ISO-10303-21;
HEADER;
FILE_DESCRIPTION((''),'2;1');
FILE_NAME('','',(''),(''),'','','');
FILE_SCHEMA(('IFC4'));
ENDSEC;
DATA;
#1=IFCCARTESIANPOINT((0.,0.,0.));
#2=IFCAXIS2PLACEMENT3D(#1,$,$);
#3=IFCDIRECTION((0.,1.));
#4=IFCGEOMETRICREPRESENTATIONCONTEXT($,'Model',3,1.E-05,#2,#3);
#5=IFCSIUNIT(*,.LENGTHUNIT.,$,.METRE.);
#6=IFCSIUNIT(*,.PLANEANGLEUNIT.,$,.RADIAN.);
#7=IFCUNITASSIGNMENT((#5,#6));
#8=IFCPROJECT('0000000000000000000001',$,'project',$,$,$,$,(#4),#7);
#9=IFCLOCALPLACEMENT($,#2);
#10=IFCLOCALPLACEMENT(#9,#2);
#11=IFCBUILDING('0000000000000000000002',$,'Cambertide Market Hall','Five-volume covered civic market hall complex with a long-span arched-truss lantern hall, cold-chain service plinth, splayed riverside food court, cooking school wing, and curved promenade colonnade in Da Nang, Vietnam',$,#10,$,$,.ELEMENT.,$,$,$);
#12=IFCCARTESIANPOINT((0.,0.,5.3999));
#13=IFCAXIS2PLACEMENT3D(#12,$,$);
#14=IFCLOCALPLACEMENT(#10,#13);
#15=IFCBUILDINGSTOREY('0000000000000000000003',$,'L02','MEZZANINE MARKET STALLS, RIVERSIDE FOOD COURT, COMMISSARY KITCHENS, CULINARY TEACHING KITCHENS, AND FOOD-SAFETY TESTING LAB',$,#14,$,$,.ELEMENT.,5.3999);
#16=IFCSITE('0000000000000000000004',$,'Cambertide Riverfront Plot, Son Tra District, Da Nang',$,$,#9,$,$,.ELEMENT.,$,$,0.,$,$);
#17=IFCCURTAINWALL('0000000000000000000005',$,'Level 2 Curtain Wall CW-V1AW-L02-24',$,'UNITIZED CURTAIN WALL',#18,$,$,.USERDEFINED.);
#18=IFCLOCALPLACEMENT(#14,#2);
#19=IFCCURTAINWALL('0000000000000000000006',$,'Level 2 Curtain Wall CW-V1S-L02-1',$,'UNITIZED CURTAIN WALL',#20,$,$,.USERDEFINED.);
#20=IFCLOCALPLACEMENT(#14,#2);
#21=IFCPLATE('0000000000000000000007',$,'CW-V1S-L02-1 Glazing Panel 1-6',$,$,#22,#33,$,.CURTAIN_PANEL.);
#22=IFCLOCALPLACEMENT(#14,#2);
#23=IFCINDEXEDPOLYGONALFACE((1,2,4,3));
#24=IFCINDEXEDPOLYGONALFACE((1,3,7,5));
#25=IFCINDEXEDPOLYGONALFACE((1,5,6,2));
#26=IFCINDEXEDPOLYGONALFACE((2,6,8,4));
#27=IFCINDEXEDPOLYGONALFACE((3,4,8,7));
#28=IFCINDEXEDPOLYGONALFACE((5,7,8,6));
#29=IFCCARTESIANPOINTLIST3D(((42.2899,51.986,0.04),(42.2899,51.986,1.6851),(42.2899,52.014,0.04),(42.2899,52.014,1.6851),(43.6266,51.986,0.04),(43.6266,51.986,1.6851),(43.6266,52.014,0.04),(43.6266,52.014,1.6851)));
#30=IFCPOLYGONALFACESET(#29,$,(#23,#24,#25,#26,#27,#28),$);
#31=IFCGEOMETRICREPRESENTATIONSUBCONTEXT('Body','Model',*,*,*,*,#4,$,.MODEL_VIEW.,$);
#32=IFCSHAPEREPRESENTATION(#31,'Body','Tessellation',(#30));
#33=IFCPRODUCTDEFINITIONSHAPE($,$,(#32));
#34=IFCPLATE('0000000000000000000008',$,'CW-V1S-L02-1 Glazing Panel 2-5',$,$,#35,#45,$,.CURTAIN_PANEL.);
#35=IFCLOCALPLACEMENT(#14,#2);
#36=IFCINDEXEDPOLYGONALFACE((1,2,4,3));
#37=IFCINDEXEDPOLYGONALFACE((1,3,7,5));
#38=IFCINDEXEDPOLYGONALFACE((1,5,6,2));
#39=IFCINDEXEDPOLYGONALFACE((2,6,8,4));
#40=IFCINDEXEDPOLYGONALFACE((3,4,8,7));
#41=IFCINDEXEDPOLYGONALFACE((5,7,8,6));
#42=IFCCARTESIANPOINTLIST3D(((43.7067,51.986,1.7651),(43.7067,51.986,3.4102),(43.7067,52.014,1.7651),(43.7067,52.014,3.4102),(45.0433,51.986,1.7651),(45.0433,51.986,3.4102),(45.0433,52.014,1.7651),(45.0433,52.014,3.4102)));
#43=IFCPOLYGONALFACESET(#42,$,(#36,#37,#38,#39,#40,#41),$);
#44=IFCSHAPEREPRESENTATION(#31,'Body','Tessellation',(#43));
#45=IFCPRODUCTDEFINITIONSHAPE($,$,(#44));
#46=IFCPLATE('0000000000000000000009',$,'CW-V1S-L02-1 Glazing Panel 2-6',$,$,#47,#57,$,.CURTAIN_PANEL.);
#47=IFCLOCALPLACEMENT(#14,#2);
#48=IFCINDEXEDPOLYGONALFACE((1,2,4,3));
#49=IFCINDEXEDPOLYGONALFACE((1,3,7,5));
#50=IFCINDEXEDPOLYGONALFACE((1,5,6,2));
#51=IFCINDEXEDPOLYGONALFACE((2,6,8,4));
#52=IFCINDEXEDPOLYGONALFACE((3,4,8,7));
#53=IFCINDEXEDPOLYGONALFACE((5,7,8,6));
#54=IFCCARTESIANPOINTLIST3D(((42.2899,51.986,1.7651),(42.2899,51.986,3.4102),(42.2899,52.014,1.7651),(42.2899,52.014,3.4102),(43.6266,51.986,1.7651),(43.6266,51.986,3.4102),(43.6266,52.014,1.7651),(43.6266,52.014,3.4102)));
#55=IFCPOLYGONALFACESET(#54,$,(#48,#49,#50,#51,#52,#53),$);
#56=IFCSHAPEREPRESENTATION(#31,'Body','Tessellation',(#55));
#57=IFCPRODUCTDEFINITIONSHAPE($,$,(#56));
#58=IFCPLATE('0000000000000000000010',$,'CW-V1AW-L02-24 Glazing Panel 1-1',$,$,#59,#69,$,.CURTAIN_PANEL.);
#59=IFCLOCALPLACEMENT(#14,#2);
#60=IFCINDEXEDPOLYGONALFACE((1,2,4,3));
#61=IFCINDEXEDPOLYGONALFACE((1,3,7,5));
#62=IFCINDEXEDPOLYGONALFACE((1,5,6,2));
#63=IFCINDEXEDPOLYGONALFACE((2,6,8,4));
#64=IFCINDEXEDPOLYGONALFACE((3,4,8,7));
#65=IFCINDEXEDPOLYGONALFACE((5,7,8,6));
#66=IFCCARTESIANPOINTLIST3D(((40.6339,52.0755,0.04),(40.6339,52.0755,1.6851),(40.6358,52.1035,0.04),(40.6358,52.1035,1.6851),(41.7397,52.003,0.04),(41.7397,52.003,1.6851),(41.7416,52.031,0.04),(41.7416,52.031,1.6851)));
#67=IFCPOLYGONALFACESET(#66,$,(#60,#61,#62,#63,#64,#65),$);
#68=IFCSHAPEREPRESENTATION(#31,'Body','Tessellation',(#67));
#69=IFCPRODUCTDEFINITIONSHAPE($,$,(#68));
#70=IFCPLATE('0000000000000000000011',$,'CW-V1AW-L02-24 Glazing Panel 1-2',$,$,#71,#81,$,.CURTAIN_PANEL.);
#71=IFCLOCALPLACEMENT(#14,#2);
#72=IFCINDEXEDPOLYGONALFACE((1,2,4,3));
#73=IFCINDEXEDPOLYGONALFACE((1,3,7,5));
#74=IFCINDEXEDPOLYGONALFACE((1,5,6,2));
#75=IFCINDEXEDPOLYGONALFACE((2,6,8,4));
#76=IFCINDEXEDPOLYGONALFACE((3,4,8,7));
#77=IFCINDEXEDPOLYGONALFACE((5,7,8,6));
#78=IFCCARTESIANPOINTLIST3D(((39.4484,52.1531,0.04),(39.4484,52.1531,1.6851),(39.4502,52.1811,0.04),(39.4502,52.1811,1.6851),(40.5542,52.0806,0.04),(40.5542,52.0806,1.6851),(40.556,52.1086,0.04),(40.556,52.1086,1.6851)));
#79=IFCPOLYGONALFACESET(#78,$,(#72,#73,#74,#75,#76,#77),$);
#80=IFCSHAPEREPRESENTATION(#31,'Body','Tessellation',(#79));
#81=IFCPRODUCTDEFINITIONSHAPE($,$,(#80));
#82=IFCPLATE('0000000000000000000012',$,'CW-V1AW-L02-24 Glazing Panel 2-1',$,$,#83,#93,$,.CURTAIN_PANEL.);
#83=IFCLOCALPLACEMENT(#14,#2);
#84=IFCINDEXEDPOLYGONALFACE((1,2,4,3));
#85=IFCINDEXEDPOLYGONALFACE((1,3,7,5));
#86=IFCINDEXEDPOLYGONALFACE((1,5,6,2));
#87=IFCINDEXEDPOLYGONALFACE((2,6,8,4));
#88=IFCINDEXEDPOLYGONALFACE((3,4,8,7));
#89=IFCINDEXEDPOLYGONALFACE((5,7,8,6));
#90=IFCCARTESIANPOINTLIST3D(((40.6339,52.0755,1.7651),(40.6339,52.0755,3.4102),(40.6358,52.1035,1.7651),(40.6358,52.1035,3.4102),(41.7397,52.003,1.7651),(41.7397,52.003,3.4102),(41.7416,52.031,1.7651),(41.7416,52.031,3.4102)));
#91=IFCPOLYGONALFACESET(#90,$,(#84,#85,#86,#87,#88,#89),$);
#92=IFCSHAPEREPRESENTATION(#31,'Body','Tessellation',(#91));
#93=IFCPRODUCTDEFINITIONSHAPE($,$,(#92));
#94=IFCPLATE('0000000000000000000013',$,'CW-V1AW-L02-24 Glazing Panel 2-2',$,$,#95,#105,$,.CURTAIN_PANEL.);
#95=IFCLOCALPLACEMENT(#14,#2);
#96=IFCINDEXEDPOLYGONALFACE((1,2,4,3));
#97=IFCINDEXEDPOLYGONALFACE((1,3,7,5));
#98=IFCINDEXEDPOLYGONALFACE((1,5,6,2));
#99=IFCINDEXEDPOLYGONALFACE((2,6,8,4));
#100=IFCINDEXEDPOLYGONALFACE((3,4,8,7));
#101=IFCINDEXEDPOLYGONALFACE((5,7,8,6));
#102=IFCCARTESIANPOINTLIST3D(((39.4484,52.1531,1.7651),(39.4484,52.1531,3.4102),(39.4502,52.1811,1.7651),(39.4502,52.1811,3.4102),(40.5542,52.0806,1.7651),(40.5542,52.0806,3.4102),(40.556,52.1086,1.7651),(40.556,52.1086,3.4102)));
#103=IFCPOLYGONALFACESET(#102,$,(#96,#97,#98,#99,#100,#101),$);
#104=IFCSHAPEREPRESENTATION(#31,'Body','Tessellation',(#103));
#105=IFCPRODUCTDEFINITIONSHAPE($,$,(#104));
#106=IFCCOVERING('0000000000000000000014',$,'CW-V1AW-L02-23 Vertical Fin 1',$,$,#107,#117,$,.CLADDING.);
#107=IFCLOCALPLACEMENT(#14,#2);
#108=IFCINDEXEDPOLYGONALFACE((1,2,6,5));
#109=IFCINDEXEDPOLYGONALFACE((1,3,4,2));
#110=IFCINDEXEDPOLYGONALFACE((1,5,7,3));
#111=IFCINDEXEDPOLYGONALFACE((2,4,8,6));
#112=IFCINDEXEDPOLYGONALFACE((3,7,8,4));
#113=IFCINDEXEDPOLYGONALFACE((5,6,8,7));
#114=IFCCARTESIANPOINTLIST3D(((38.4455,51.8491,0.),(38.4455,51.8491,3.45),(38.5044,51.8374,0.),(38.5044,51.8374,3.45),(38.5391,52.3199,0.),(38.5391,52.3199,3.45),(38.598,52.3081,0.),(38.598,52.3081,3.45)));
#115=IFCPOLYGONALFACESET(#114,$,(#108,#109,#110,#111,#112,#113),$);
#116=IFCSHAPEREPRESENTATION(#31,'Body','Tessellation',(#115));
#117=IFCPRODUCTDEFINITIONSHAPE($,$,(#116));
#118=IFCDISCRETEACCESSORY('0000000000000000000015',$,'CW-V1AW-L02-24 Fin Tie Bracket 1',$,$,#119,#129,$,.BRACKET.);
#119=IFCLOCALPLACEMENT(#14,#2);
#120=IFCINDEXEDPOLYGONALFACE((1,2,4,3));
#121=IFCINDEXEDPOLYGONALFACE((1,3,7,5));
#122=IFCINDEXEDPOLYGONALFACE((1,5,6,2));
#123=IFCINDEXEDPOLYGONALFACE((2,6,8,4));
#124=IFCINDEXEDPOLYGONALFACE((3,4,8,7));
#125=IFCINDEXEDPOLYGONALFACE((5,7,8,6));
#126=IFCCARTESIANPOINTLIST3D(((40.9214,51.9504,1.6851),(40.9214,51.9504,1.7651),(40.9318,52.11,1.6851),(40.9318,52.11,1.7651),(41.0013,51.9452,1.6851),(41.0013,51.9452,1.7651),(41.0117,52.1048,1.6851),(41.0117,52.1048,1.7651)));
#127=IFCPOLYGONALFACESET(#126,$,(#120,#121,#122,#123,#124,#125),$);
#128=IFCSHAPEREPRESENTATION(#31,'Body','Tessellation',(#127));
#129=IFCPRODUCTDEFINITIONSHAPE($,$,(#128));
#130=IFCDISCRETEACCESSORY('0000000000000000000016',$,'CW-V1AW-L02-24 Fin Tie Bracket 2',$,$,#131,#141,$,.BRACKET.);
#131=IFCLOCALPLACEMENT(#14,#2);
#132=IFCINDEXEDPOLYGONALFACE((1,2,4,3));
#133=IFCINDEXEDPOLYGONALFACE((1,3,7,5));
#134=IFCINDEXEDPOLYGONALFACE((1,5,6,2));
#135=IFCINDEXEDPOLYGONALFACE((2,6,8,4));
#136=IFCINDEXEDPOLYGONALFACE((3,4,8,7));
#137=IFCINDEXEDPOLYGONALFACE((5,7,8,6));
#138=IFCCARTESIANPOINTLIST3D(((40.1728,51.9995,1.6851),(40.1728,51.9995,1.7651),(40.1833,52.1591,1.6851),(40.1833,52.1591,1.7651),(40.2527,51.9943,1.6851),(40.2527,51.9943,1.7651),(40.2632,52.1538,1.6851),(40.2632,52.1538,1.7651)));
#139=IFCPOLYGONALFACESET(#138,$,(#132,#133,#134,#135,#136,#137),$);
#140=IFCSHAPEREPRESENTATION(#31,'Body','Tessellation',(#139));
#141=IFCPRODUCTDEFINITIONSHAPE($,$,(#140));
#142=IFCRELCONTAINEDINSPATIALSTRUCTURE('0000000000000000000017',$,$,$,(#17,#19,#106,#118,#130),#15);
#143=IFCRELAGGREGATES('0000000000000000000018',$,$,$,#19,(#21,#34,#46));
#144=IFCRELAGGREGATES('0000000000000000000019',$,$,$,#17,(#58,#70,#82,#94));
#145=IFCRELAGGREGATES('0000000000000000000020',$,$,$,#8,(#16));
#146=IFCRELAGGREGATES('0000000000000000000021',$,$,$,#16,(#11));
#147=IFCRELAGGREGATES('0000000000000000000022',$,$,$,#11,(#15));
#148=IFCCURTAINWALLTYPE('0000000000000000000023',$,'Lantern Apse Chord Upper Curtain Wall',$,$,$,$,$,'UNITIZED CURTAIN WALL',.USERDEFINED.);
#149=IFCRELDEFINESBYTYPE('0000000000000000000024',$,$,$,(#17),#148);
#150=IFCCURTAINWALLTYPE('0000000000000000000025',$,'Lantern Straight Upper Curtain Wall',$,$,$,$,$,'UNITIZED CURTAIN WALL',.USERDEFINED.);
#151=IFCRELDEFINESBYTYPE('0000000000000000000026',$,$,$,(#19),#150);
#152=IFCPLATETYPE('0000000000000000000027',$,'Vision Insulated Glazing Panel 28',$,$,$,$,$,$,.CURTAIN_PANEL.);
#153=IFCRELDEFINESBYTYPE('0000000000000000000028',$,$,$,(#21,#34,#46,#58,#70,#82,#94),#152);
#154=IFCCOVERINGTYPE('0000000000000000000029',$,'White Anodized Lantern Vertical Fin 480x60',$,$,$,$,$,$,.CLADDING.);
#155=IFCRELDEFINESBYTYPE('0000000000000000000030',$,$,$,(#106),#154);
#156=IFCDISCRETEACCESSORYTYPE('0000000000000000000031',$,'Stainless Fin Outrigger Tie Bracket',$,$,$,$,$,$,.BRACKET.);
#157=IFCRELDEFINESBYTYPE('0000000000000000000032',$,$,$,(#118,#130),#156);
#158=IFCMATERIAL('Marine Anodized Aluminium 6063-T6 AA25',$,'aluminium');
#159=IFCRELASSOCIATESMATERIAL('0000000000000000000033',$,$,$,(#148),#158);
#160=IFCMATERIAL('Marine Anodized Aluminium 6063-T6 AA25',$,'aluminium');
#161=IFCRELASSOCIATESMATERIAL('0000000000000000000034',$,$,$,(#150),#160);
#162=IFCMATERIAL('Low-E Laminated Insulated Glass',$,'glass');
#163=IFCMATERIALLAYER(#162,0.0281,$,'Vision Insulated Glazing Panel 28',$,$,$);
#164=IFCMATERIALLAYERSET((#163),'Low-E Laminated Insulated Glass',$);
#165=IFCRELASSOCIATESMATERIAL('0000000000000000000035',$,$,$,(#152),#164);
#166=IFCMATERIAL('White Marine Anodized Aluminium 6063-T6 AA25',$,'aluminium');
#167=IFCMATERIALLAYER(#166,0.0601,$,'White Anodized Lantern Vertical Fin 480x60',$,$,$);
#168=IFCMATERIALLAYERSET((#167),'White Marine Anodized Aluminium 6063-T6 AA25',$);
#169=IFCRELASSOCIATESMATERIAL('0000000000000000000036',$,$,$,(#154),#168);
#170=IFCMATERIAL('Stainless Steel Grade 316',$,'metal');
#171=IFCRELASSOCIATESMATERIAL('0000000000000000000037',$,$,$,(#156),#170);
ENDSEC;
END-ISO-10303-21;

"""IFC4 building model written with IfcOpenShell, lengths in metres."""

from ifc_helpers import new_model, si_unit, direction, frame, origin, origin_2d, place, context, subcontext, project, spatial, rectangle, extrude, material, layer, layer_set, type_object, element, aggregate, save


model = new_model("IFC4")

# Units and contexts
model_context = context("Model", 3, precision=1e-05, world=origin(), true_north=direction((0.0, 1.0)))
body_context = subcontext(model_context, "Body", "Model", "MODEL_VIEW")
ifc_project = project(units=[si_unit("LENGTHUNIT", "METRE"), si_unit("PLANEANGLEUNIT", "RADIAN")], contexts=[model_context])

# Site, building, storey
site_placement = place(None, origin())
site = spatial("IfcSite", under=ifc_project, at=site_placement, Name="Cambertide Riverfront Plot, Son Tra District, Da Nang", CompositionType="ELEMENT", RefElevation=0.0)
building_placement = place(site_placement, origin())
building = spatial("IfcBuilding", under=site, at=building_placement, Name="Cambertide Market Hall", Description="Five-volume covered civic market hall complex with a long-span arched-truss lantern hall, cold-chain service plinth, splayed riverside food court, cooking school wing, and curved promenade colonnade in Da Nang, Vietnam", CompositionType="ELEMENT")
storey_placement = place(building_placement, frame((0.0, 0.0, 5.3999)))
storey = spatial("IfcBuildingStorey", under=building, at=storey_placement, Name="L02", Description="MEZZANINE MARKET STALLS, RIVERSIDE FOOD COURT, COMMISSARY KITCHENS, CULINARY TEACHING KITCHENS, AND FOOD-SAFETY TESTING LAB", CompositionType="ELEMENT", Elevation=5.3999)

# Shared definitions
ifc_material_1 = material(Name="Marine Anodized Aluminium 6063-T6 AA25", Category="aluminium")
curtain_wall_type_1 = type_object("IfcCurtainWallType", Name="Lantern Apse Chord Upper Curtain Wall", ElementType="UNITIZED CURTAIN WALL", PredefinedType="USERDEFINED", material=ifc_material_1)

# Curtain walls
curtain_wall_1_placement = place(storey_placement, origin())
curtain_wall_1 = element("IfcCurtainWall", 1, at=curtain_wall_1_placement, inside=storey, type_object=curtain_wall_type_1, Name="Level 2 Curtain Wall CW-V1AW-L02-24", ObjectType="UNITIZED CURTAIN WALL", PredefinedType="USERDEFINED")
ifc_material_2 = material(Name="Marine Anodized Aluminium 6063-T6 AA25", Category="aluminium")
curtain_wall_type_2 = type_object("IfcCurtainWallType", Name="Lantern Straight Upper Curtain Wall", ElementType="UNITIZED CURTAIN WALL", PredefinedType="USERDEFINED", material=ifc_material_2)
curtain_wall_2_placement = place(storey_placement, origin())
curtain_wall_2 = element("IfcCurtainWall", 2, at=curtain_wall_2_placement, inside=storey, type_object=curtain_wall_type_2, Name="Level 2 Curtain Wall CW-V1S-L02-1", ObjectType="UNITIZED CURTAIN WALL", PredefinedType="USERDEFINED")

# Plates
ifc_material_3 = material(Name="Low-E Laminated Insulated Glass", Category="glass")
ifc_layer_1 = layer(ifc_material_3, 0.0281, Name="Vision Insulated Glazing Panel 28")
ifc_layer_set_1 = layer_set([ifc_layer_1], Name="Low-E Laminated Insulated Glass")
plate_type = type_object("IfcPlateType", Name="Vision Insulated Glazing Panel 28", PredefinedType="CURTAIN_PANEL", material=ifc_layer_set_1)
plate_1_placement = place(storey_placement, frame((42.9583, 52.0, 0.04), z_axis=(0.0, 0.0, 1.0), x_axis=(-1.0, 0.0, 0.0)))
plate_1 = element("IfcPlate", 3, at=plate_1_placement, type_object=plate_type, Name="CW-V1S-L02-1 Glazing Panel 1-6", PredefinedType="CURTAIN_PANEL", context=body_context, shape_type="SweptSolid", body=[
    extrude(rectangle(XDim=1.3367, YDim=0.0281, at=origin_2d()), origin(), (0.0, 0.0, 1.0), 1.645),
])
plate_2_placement = place(storey_placement, frame((44.375, 52.0, 1.7651), z_axis=(0.0, 0.0, 1.0), x_axis=(-1.0, 0.0, 0.0)))
plate_2 = element("IfcPlate", 4, at=plate_2_placement, type_object=plate_type, Name="CW-V1S-L02-1 Glazing Panel 2-5", PredefinedType="CURTAIN_PANEL", context=body_context, shape_type="SweptSolid", body=[
    extrude(rectangle(XDim=1.3367, YDim=0.0281, at=origin_2d()), origin(), (0.0, 0.0, 1.0), 1.645),
])
plate_3_placement = place(storey_placement, frame((42.9583, 52.0, 1.7651), z_axis=(0.0, 0.0, 1.0), x_axis=(-1.0, 0.0, 0.0)))
plate_3 = element("IfcPlate", 5, at=plate_3_placement, type_object=plate_type, Name="CW-V1S-L02-1 Glazing Panel 2-6", PredefinedType="CURTAIN_PANEL", context=body_context, shape_type="SweptSolid", body=[
    extrude(rectangle(XDim=1.3367, YDim=0.0281, at=origin_2d()), origin(), (0.0, 0.0, 1.0), 1.645),
])
aggregate(curtain_wall_2, [plate_1, plate_2, plate_3])
plate_4_placement = place(storey_placement, frame((41.1877, 52.0532, 0.04), z_axis=(0.0, 0.0, 1.0), x_axis=(-0.997859, 0.065403, 0.0)))
plate_4 = element("IfcPlate", 6, at=plate_4_placement, type_object=plate_type, Name="CW-V1AW-L02-24 Glazing Panel 1-1", PredefinedType="CURTAIN_PANEL", context=body_context, shape_type="SweptSolid", body=[
    extrude(rectangle(XDim=1.1082, YDim=0.0281, at=origin_2d()), origin(), (0.0, 0.0, 1.0), 1.645),
])
plate_5_placement = place(storey_placement, frame((40.0022, 52.1309, 0.04), z_axis=(0.0, 0.0, 1.0), x_axis=(-0.997859, 0.065403, 0.0)))
plate_5 = element("IfcPlate", 7, at=plate_5_placement, type_object=plate_type, Name="CW-V1AW-L02-24 Glazing Panel 1-2", PredefinedType="CURTAIN_PANEL", context=body_context, shape_type="SweptSolid", body=[
    extrude(rectangle(XDim=1.1082, YDim=0.0281, at=origin_2d()), origin(), (0.0, 0.0, 1.0), 1.645),
])
plate_6_placement = place(storey_placement, frame((41.1877, 52.0532, 1.7651), z_axis=(0.0, 0.0, 1.0), x_axis=(-0.997859, 0.065403, 0.0)))
plate_6 = element("IfcPlate", 8, at=plate_6_placement, type_object=plate_type, Name="CW-V1AW-L02-24 Glazing Panel 2-1", PredefinedType="CURTAIN_PANEL", context=body_context, shape_type="SweptSolid", body=[
    extrude(rectangle(XDim=1.1082, YDim=0.0281, at=origin_2d()), origin(), (0.0, 0.0, 1.0), 1.645),
])
plate_7_placement = place(storey_placement, frame((40.0022, 52.1309, 1.7651), z_axis=(0.0, 0.0, 1.0), x_axis=(-0.997859, 0.065403, 0.0)))
plate_7 = element("IfcPlate", 9, at=plate_7_placement, type_object=plate_type, Name="CW-V1AW-L02-24 Glazing Panel 2-2", PredefinedType="CURTAIN_PANEL", context=body_context, shape_type="SweptSolid", body=[
    extrude(rectangle(XDim=1.1082, YDim=0.0281, at=origin_2d()), origin(), (0.0, 0.0, 1.0), 1.645),
])
aggregate(curtain_wall_1, [plate_4, plate_5, plate_6, plate_7])

# Covering
ifc_material_4 = material(Name="White Marine Anodized Aluminium 6063-T6 AA25", Category="aluminium")
ifc_layer_2 = layer(ifc_material_4, 0.0601, Name="White Anodized Lantern Vertical Fin 480x60")
ifc_layer_set_2 = layer_set([ifc_layer_2], Name="White Marine Anodized Aluminium 6063-T6 AA25")
covering_type = type_object("IfcCoveringType", Name="White Anodized Lantern Vertical Fin 480x60", PredefinedType="CLADDING", material=ifc_layer_set_2)
covering_placement = place(storey_placement, frame((38.5217, 52.0786, 0.0), z_axis=(0.0, 0.0, 1.0), x_axis=(-0.980785, 0.19509, 0.0)))
element("IfcCovering", 10, at=covering_placement, inside=storey, type_object=covering_type, Name="CW-V1AW-L02-23 Vertical Fin 1", PredefinedType="CLADDING", context=body_context, shape_type="SweptSolid", body=[
    extrude(rectangle(XDim=0.0601, YDim=0.48, at=origin_2d()), origin(), (0.0, 0.0, 1.0), 3.45),
])

# Discrete accessories
ifc_material_5 = material(Name="Stainless Steel Grade 316", Category="metal")
discrete_accessory_type = type_object("IfcDiscreteAccessoryType", Name="Stainless Fin Outrigger Tie Bracket", PredefinedType="BRACKET", material=ifc_material_5)
for number, where, z_axis, x_axis, name in (
    (11, (40.9666, 52.0276, 1.6851), (0.0, 0.0, 1.0), (-0.997859, 0.065403, 0.0), "CW-V1AW-L02-24 Fin Tie Bracket 1"),
    (12, (40.218, 52.0767, 1.6851), (0.0, 0.0, 1.0), (-0.997859, 0.065403, 0.0), "CW-V1AW-L02-24 Fin Tie Bracket 2"),
):
    element("IfcDiscreteAccessory", number, at=place(storey_placement, frame(where, z_axis=z_axis, x_axis=x_axis)), inside=storey, type_object=discrete_accessory_type, Name=name, PredefinedType="BRACKET", context=body_context, shape_type="SweptSolid", body=[
        extrude(rectangle(XDim=0.0801, YDim=0.1599, at=origin_2d()), origin(), (0.0, 0.0, 1.0), 0.0801),
    ])

save(model, "model.ifc")
